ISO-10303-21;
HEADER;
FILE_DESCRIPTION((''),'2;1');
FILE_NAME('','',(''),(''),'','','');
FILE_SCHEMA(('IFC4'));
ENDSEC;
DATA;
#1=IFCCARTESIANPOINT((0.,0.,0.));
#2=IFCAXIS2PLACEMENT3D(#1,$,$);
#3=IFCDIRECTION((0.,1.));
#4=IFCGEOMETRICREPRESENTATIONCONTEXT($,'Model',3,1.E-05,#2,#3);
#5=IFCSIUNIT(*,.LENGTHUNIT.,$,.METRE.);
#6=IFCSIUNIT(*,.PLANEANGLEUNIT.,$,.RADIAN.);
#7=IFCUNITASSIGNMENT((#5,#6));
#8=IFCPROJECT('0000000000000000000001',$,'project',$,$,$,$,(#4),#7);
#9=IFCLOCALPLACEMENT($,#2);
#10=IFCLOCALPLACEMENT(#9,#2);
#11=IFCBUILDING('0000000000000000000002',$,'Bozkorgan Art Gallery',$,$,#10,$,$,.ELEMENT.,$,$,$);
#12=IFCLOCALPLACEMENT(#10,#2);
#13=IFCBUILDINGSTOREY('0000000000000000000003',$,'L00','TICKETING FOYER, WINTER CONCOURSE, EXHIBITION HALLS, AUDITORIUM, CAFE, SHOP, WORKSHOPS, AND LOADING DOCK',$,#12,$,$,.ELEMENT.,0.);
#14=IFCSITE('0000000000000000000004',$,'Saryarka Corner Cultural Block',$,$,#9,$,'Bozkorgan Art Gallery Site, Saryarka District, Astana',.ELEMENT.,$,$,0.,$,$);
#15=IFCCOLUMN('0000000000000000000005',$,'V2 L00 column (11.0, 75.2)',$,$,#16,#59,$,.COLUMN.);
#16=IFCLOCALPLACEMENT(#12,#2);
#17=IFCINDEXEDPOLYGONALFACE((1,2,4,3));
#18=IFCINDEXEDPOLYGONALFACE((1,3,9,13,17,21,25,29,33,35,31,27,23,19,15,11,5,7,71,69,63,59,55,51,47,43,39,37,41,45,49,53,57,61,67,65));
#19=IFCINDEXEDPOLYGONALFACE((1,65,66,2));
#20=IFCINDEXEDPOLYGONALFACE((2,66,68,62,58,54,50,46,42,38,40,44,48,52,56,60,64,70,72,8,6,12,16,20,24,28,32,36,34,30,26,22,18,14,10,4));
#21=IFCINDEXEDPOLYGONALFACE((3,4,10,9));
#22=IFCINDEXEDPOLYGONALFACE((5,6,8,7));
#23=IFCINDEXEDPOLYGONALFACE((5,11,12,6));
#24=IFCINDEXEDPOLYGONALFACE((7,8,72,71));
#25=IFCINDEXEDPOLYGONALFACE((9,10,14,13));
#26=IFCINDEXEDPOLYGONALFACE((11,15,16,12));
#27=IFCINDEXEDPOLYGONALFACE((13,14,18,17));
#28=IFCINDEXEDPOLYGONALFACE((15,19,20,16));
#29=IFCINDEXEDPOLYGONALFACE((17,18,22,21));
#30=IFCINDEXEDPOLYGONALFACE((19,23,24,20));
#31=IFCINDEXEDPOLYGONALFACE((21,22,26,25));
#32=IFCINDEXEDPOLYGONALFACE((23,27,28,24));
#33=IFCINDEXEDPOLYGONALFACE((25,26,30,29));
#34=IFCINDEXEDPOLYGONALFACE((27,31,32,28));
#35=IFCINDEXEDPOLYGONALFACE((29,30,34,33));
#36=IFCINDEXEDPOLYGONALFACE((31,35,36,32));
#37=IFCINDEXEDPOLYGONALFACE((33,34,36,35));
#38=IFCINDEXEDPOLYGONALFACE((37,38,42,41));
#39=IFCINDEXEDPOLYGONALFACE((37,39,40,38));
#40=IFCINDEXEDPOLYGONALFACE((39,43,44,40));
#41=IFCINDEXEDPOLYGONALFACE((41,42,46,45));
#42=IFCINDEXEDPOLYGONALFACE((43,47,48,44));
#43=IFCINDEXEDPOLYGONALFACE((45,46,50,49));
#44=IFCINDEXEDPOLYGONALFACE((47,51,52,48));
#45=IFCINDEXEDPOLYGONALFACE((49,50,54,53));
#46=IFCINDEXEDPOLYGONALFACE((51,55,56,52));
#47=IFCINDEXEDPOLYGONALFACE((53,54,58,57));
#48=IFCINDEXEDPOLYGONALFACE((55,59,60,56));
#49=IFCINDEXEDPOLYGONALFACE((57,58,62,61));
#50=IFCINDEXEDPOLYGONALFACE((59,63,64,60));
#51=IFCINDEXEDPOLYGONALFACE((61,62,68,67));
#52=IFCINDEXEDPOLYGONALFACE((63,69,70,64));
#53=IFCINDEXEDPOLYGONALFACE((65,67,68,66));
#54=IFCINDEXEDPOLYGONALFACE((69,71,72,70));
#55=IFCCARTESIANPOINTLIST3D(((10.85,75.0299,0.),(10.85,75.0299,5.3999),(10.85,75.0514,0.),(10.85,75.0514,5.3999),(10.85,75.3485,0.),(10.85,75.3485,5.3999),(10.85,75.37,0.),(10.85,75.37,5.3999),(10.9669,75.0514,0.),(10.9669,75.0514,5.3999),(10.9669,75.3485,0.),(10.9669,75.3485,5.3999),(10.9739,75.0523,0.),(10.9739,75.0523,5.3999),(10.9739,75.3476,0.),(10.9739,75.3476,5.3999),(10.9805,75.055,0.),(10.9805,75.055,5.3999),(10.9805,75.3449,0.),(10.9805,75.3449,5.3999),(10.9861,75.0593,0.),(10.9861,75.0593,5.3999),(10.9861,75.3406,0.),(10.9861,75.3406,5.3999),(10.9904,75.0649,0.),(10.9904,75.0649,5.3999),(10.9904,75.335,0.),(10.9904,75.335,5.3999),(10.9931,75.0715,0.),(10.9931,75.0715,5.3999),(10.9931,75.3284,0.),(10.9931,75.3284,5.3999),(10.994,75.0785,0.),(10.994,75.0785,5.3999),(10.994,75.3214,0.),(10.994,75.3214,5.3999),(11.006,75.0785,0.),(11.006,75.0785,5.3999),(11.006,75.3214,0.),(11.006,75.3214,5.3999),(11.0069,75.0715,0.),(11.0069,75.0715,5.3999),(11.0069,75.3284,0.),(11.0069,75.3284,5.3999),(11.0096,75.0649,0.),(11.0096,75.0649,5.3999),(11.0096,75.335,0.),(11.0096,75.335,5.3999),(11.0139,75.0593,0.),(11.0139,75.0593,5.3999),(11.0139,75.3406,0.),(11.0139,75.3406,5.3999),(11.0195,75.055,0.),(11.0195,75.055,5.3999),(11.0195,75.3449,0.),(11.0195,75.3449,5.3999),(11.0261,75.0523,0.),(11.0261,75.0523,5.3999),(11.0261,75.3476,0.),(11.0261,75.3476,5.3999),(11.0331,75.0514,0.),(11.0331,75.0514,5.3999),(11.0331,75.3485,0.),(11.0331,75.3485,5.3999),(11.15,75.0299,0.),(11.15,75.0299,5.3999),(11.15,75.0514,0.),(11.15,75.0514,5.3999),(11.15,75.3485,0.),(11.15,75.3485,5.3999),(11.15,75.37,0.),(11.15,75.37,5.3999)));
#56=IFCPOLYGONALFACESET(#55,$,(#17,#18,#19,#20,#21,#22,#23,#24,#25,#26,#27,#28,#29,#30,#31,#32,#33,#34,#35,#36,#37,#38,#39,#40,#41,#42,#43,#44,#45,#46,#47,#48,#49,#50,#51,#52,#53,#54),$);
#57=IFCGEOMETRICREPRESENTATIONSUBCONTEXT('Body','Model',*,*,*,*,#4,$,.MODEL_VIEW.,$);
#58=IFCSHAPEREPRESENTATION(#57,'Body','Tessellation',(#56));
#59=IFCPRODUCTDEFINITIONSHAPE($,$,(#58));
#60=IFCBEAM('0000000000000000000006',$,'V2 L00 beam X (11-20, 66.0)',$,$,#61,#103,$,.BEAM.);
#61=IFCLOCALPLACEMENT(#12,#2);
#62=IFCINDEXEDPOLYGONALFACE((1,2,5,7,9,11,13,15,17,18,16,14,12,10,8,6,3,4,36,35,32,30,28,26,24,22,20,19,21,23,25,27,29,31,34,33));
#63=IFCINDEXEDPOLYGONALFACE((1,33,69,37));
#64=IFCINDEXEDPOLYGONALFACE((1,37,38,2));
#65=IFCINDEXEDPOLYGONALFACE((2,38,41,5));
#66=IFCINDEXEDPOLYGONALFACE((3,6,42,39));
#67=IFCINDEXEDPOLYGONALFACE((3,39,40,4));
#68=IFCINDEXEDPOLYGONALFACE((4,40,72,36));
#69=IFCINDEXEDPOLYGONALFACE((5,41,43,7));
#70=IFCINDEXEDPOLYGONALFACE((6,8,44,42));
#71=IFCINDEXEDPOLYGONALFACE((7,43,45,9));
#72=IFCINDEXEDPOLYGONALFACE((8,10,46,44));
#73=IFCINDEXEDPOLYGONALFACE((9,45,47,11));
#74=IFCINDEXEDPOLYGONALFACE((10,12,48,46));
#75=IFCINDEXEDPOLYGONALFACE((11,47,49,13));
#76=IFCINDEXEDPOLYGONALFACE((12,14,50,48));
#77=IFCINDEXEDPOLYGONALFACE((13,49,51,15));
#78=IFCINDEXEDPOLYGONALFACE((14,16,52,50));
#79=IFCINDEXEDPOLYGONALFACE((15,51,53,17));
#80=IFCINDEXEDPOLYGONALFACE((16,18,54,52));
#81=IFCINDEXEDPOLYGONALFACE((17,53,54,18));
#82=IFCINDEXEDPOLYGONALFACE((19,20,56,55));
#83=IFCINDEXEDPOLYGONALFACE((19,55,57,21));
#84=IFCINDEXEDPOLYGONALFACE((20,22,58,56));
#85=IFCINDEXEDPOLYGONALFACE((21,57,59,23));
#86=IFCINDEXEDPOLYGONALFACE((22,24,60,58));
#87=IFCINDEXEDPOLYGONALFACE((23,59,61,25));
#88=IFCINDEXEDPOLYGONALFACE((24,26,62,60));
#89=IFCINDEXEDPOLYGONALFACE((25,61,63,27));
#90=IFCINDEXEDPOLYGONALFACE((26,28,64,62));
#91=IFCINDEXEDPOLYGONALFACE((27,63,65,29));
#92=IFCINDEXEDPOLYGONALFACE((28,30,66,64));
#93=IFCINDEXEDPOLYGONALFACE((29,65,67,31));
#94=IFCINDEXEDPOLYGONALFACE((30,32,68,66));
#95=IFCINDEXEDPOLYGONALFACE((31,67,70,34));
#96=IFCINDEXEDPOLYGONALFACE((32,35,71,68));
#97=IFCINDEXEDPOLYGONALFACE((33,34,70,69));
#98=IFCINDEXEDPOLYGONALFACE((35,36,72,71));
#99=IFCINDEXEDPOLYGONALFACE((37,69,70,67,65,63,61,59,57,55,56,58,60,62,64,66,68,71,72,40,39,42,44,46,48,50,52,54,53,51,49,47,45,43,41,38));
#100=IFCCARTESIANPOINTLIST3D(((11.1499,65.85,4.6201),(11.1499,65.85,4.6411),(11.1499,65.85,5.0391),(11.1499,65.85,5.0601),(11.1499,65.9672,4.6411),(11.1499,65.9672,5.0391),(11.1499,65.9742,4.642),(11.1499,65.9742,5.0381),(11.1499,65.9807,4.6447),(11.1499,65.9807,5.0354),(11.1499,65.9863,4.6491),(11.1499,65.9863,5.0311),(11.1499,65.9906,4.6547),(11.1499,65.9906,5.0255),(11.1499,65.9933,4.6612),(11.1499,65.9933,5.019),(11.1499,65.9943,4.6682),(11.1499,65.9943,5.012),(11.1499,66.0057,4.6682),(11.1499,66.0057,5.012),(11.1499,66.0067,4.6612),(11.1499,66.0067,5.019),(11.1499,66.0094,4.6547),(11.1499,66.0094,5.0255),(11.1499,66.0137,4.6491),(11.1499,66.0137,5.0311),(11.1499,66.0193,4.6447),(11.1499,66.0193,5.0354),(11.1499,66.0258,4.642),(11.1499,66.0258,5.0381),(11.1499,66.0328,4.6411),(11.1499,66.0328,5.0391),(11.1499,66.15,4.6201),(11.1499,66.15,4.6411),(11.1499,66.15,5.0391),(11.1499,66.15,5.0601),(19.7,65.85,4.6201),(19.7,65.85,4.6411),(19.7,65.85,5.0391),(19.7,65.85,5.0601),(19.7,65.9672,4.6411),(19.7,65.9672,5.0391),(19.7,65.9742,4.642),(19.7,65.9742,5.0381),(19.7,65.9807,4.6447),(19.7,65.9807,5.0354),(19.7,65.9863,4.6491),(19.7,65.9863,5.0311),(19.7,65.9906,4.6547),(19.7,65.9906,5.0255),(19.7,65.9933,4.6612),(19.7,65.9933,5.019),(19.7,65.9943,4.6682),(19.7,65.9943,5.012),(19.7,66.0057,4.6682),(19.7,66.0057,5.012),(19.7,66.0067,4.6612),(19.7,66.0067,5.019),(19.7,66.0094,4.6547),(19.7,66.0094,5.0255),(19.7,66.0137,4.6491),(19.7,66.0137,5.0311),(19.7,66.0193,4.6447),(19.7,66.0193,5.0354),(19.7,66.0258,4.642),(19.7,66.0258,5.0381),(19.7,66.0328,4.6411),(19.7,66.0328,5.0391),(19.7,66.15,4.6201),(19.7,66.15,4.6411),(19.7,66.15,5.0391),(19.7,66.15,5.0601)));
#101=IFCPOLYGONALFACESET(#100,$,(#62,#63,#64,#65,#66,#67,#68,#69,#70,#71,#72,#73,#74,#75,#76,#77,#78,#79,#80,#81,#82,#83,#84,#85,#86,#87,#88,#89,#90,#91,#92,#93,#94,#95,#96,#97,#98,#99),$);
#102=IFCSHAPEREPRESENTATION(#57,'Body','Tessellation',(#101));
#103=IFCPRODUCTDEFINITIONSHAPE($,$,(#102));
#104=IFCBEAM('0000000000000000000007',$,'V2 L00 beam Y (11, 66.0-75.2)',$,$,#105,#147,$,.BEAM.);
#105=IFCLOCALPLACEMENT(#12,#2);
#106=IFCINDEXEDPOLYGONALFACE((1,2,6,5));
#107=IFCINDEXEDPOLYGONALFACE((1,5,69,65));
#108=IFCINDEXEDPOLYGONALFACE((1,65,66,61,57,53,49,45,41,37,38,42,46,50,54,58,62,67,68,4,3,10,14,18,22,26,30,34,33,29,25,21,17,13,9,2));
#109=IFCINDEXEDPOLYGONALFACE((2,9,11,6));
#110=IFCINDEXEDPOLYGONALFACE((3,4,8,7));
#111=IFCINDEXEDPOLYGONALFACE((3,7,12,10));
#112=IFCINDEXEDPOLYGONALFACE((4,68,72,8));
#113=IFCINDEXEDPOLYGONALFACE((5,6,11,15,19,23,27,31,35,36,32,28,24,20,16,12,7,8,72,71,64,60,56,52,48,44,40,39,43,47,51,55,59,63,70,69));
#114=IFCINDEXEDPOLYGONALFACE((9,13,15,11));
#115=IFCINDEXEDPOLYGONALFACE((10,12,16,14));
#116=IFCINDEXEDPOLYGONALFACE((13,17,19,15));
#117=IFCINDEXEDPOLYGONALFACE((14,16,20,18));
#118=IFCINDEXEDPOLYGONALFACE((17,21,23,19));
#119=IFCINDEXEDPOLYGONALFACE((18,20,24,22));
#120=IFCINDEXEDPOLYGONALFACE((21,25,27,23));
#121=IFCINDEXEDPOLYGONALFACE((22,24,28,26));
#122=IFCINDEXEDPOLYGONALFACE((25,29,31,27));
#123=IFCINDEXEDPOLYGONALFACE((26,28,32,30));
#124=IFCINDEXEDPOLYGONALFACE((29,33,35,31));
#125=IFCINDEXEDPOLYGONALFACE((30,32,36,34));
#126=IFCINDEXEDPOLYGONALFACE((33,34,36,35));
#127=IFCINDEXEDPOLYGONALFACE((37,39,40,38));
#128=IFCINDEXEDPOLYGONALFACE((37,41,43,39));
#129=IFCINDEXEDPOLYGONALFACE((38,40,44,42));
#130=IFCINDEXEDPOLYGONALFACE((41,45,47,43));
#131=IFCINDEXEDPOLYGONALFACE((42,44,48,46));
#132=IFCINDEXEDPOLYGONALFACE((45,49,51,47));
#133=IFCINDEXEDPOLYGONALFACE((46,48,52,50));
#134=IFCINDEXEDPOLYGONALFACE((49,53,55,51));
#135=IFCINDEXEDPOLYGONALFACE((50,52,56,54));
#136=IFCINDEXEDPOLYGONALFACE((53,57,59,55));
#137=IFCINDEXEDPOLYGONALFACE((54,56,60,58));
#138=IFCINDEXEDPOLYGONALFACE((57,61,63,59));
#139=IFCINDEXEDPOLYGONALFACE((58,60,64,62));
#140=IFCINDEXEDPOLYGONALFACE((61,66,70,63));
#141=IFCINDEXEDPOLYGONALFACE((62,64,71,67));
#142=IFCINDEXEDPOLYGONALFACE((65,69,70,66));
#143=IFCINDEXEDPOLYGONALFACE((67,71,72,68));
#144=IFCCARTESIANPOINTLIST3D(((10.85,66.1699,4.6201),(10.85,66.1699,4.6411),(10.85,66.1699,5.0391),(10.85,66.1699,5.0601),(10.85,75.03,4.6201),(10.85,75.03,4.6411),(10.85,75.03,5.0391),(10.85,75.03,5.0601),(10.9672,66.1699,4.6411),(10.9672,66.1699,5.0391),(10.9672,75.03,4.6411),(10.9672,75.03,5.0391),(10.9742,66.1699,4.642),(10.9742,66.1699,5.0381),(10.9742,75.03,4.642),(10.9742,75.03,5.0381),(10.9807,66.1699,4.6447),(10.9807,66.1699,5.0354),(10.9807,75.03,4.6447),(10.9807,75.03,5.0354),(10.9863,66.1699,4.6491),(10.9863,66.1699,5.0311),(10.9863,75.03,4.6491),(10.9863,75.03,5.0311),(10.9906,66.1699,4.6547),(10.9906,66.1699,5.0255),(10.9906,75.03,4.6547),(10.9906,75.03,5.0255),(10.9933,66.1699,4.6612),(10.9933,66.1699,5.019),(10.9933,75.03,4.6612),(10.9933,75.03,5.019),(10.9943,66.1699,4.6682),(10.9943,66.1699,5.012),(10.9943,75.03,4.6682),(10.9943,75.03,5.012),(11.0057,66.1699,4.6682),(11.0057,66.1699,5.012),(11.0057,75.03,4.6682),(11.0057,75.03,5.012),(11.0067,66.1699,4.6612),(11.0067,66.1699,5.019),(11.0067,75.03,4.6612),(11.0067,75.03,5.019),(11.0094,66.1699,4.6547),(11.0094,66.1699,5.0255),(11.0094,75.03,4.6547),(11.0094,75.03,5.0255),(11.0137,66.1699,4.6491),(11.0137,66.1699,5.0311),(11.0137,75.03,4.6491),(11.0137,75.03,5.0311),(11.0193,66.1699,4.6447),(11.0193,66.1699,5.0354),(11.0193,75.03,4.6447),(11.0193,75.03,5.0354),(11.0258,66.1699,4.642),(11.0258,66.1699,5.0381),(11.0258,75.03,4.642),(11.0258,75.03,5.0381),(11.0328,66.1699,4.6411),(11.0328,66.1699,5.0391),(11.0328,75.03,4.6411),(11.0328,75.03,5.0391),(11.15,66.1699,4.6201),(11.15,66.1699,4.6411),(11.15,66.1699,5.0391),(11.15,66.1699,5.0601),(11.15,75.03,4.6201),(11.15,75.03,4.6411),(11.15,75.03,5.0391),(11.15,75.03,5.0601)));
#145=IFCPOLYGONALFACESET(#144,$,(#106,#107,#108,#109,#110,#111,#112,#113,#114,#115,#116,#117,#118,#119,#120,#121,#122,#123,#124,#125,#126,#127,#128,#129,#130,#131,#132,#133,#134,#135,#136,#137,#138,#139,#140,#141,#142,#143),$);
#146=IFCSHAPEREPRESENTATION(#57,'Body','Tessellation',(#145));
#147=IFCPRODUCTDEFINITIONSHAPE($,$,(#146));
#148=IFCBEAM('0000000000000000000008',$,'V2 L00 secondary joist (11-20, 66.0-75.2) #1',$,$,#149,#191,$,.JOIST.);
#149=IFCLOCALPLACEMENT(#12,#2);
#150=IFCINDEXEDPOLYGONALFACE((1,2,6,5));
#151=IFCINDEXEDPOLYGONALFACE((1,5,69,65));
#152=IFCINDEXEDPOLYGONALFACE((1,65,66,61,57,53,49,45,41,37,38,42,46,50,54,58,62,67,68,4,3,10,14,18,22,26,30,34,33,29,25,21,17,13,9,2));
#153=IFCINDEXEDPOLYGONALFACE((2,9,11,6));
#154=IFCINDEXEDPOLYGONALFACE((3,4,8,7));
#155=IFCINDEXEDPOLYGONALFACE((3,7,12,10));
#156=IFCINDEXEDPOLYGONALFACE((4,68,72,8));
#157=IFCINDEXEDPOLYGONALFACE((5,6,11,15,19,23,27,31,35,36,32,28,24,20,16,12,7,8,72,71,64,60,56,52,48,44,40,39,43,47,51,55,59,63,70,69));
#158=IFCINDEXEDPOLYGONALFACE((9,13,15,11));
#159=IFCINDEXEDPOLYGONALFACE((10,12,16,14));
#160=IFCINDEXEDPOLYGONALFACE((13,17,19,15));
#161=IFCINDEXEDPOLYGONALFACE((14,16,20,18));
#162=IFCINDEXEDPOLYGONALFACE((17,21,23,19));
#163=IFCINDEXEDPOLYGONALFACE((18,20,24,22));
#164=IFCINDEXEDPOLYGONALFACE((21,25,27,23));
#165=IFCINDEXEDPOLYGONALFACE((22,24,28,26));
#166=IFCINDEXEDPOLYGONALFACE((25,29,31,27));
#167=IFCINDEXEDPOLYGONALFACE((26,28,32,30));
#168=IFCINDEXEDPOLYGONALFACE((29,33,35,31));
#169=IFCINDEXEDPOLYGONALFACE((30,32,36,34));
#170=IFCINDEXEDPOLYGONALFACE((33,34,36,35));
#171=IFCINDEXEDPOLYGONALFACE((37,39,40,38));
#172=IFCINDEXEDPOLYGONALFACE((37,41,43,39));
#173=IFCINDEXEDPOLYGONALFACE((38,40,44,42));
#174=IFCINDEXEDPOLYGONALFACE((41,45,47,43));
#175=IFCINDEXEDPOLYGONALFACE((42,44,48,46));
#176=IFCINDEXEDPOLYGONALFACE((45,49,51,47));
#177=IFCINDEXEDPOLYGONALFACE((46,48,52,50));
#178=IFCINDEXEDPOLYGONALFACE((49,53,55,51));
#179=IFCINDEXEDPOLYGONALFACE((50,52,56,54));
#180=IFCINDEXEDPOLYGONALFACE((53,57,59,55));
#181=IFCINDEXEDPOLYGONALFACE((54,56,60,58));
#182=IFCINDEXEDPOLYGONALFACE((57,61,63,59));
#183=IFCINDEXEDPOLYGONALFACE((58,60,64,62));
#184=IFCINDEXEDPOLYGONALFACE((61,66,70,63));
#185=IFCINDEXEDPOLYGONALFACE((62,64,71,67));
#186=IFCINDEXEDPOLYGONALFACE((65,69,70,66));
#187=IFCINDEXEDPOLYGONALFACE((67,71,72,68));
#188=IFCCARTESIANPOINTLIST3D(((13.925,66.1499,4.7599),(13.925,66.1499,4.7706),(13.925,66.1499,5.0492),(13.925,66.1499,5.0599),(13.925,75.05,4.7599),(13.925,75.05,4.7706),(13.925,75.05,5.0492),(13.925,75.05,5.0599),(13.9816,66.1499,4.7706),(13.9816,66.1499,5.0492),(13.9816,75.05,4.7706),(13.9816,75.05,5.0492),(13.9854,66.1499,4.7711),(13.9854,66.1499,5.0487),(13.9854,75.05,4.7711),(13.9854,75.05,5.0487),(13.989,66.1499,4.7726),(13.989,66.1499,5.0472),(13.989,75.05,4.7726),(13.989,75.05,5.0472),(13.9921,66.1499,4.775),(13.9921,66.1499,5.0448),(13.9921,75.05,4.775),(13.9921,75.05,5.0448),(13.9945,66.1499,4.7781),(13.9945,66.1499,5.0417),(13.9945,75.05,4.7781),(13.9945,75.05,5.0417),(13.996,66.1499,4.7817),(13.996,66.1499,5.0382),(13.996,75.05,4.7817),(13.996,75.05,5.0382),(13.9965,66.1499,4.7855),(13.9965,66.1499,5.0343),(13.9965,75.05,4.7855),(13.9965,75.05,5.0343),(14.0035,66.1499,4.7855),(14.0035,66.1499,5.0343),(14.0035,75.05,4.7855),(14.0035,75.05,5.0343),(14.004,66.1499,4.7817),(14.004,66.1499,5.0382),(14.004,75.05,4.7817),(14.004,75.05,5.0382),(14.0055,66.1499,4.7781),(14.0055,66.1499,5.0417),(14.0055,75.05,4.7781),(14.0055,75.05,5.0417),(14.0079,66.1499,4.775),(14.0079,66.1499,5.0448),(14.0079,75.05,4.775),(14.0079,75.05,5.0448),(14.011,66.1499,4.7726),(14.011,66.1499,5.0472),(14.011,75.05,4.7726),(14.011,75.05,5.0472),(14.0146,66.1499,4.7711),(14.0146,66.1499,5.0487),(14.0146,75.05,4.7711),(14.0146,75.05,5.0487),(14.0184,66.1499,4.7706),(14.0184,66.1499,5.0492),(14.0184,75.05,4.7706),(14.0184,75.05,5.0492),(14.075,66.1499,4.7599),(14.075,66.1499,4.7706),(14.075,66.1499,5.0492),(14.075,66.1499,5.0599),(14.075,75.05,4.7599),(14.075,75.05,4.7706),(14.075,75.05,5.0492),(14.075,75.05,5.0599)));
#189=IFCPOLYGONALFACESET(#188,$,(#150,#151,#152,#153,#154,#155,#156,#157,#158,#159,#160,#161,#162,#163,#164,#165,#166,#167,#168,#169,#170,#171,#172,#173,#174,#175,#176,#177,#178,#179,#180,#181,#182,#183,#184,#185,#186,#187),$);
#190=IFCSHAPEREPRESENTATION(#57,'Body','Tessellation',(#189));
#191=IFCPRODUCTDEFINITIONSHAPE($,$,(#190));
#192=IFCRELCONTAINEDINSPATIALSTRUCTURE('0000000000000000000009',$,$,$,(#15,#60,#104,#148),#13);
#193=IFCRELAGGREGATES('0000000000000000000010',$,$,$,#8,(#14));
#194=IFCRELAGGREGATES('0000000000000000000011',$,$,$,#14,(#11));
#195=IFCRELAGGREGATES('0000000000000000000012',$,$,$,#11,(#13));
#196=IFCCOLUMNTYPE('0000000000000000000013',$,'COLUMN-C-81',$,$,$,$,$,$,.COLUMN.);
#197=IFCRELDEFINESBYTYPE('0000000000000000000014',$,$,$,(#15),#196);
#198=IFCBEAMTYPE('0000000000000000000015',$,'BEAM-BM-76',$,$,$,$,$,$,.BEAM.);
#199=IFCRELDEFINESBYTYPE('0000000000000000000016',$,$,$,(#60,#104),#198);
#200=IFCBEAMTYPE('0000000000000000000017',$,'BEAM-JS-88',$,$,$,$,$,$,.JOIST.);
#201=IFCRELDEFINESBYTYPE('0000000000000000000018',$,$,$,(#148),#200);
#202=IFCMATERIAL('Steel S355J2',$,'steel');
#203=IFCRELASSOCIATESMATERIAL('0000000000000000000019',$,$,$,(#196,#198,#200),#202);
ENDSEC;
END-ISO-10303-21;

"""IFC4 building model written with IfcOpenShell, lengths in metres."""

from ifc_helpers import new_model, si_unit, direction, frame, origin, origin_2d, place, context, subcontext, project, spatial, i_section, extrude, material, material_profile, profile_set, type_object, element, save


model = new_model("IFC4")

# Units and contexts
model_context = context("Model", 3, precision=1e-05, world=origin(), true_north=direction((0.0, 1.0)))
body_context = subcontext(model_context, "Body", "Model", "MODEL_VIEW")
ifc_project = project(units=[si_unit("LENGTHUNIT", "METRE"), si_unit("PLANEANGLEUNIT", "RADIAN")], contexts=[model_context])

# Site, building, storey
site_placement = place(None, origin())
site = spatial("IfcSite", under=ifc_project, at=site_placement, Name="Saryarka Corner Cultural Block", LongName="Bozkorgan Art Gallery Site, Saryarka District, Astana", CompositionType="ELEMENT", RefElevation=0.0)
building_placement = place(site_placement, origin())
building = spatial("IfcBuilding", under=site, at=building_placement, Name="Bozkorgan Art Gallery", CompositionType="ELEMENT")
storey_placement = place(building_placement, origin())
storey = spatial("IfcBuildingStorey", under=building, at=storey_placement, Name="L00", Description="TICKETING FOYER, WINTER CONCOURSE, EXHIBITION HALLS, AUDITORIUM, CAFE, SHOP, WORKSHOPS, AND LOADING DOCK", CompositionType="ELEMENT", Elevation=0.0)

# Column
ifc_material_1 = material(Name="Steel S355J2", Category="steel")
ifc_material_profile_1 = material_profile(ifc_material_1, i_section(OverallWidth=0.3, OverallDepth=0.3401, WebThickness=0.012, FlangeThickness=0.0215, FilletRadius=0.0271, at=origin_2d()), Name="HEB 340")
ifc_profile_set_1 = profile_set([ifc_material_profile_1], Name="Steel S355J2")
column_type_1 = type_object("IfcColumnType", Name="COLUMN-C-81", PredefinedType="COLUMN", material=ifc_profile_set_1)
for number, where, z_axis, x_axis, name in (
    (1, (11.0, 75.2, 0.0), (0.0, 0.0, 1.0), (1.0, 0.0, 0.0), "V2 L00 column (11.0, 75.2)"),
):
    element("IfcColumn", number, at=place(storey_placement, frame(where, z_axis=z_axis, x_axis=x_axis)), inside=storey, type_object=column_type_1, Name=name, PredefinedType="COLUMN", context=body_context, shape_type="SweptSolid", body=[
        extrude(i_section(OverallWidth=0.3, OverallDepth=0.3401, WebThickness=0.012, FlangeThickness=0.0215, FilletRadius=0.0271, at=origin_2d()), origin(), (0.0, 0.0, 1.0), 5.3999),
    ])

# Beams
ifc_material_profile_2 = material_profile(ifc_material_1, i_section(OverallWidth=0.3, OverallDepth=0.4399, WebThickness=0.0115, FlangeThickness=0.021, FilletRadius=0.0271, at=origin_2d()), Name="HEA 450")
ifc_profile_set_2 = profile_set([ifc_material_profile_2], Name="Steel S355J2")
beam_type_1 = type_object("IfcBeamType", Name="BEAM-BM-76", PredefinedType="BEAM", material=ifc_profile_set_2)
beam_1_placement = place(storey_placement, frame((11.1499, 66.0, 4.8401), z_axis=(1.0, 0.0, 0.0), x_axis=(0.0, 1.0, 0.0)))
element("IfcBeam", 2, at=beam_1_placement, inside=storey, type_object=beam_type_1, Name="V2 L00 beam X (11-20, 66.0)", PredefinedType="BEAM", context=body_context, shape_type="SweptSolid", body=[
    extrude(i_section(OverallWidth=0.3, OverallDepth=0.4399, WebThickness=0.0115, FlangeThickness=0.021, FilletRadius=0.0271, at=origin_2d()), origin(), (0.0, 0.0, 1.0), 8.55),
])
beam_2_placement = place(storey_placement, frame((11.0, 66.1699, 4.8401), z_axis=(0.0, 1.0, 0.0), x_axis=(-1.0, 0.0, 0.0)))
element("IfcBeam", 3, at=beam_2_placement, inside=storey, type_object=beam_type_1, Name="V2 L00 beam Y (11, 66.0-75.2)", PredefinedType="BEAM", context=body_context, shape_type="SweptSolid", body=[
    extrude(i_section(OverallWidth=0.3, OverallDepth=0.4399, WebThickness=0.0115, FlangeThickness=0.021, FilletRadius=0.0271, at=origin_2d()), origin(), (0.0, 0.0, 1.0), 8.8601),
])
ifc_material_profile_3 = material_profile(ifc_material_1, i_section(OverallWidth=0.1499, OverallDepth=0.3, WebThickness=0.0071, FlangeThickness=0.0107, FilletRadius=0.0149, at=origin_2d()), Name="IPE 300")
ifc_profile_set_3 = profile_set([ifc_material_profile_3], Name="Steel S355J2")
beam_type_2 = type_object("IfcBeamType", Name="BEAM-JS-88", PredefinedType="JOIST", material=ifc_profile_set_3)
for number, where, z_axis, x_axis, name in (
    (4, (14.0, 66.1499, 4.9099), (0.0, 1.0, 0.0), (-1.0, 0.0, 0.0), "V2 L00 secondary joist (11-20, 66.0-75.2) #1"),
):
    element("IfcBeam", number, at=place(storey_placement, frame(where, z_axis=z_axis, x_axis=x_axis)), inside=storey, type_object=beam_type_2, Name=name, PredefinedType="JOIST", context=body_context, shape_type="SweptSolid", body=[
        extrude(i_section(OverallWidth=0.1499, OverallDepth=0.3, WebThickness=0.0071, FlangeThickness=0.0107, FilletRadius=0.0149, at=origin_2d()), origin(), (0.0, 0.0, 1.0), 8.9001),
    ])

save(model, "model.ifc")
